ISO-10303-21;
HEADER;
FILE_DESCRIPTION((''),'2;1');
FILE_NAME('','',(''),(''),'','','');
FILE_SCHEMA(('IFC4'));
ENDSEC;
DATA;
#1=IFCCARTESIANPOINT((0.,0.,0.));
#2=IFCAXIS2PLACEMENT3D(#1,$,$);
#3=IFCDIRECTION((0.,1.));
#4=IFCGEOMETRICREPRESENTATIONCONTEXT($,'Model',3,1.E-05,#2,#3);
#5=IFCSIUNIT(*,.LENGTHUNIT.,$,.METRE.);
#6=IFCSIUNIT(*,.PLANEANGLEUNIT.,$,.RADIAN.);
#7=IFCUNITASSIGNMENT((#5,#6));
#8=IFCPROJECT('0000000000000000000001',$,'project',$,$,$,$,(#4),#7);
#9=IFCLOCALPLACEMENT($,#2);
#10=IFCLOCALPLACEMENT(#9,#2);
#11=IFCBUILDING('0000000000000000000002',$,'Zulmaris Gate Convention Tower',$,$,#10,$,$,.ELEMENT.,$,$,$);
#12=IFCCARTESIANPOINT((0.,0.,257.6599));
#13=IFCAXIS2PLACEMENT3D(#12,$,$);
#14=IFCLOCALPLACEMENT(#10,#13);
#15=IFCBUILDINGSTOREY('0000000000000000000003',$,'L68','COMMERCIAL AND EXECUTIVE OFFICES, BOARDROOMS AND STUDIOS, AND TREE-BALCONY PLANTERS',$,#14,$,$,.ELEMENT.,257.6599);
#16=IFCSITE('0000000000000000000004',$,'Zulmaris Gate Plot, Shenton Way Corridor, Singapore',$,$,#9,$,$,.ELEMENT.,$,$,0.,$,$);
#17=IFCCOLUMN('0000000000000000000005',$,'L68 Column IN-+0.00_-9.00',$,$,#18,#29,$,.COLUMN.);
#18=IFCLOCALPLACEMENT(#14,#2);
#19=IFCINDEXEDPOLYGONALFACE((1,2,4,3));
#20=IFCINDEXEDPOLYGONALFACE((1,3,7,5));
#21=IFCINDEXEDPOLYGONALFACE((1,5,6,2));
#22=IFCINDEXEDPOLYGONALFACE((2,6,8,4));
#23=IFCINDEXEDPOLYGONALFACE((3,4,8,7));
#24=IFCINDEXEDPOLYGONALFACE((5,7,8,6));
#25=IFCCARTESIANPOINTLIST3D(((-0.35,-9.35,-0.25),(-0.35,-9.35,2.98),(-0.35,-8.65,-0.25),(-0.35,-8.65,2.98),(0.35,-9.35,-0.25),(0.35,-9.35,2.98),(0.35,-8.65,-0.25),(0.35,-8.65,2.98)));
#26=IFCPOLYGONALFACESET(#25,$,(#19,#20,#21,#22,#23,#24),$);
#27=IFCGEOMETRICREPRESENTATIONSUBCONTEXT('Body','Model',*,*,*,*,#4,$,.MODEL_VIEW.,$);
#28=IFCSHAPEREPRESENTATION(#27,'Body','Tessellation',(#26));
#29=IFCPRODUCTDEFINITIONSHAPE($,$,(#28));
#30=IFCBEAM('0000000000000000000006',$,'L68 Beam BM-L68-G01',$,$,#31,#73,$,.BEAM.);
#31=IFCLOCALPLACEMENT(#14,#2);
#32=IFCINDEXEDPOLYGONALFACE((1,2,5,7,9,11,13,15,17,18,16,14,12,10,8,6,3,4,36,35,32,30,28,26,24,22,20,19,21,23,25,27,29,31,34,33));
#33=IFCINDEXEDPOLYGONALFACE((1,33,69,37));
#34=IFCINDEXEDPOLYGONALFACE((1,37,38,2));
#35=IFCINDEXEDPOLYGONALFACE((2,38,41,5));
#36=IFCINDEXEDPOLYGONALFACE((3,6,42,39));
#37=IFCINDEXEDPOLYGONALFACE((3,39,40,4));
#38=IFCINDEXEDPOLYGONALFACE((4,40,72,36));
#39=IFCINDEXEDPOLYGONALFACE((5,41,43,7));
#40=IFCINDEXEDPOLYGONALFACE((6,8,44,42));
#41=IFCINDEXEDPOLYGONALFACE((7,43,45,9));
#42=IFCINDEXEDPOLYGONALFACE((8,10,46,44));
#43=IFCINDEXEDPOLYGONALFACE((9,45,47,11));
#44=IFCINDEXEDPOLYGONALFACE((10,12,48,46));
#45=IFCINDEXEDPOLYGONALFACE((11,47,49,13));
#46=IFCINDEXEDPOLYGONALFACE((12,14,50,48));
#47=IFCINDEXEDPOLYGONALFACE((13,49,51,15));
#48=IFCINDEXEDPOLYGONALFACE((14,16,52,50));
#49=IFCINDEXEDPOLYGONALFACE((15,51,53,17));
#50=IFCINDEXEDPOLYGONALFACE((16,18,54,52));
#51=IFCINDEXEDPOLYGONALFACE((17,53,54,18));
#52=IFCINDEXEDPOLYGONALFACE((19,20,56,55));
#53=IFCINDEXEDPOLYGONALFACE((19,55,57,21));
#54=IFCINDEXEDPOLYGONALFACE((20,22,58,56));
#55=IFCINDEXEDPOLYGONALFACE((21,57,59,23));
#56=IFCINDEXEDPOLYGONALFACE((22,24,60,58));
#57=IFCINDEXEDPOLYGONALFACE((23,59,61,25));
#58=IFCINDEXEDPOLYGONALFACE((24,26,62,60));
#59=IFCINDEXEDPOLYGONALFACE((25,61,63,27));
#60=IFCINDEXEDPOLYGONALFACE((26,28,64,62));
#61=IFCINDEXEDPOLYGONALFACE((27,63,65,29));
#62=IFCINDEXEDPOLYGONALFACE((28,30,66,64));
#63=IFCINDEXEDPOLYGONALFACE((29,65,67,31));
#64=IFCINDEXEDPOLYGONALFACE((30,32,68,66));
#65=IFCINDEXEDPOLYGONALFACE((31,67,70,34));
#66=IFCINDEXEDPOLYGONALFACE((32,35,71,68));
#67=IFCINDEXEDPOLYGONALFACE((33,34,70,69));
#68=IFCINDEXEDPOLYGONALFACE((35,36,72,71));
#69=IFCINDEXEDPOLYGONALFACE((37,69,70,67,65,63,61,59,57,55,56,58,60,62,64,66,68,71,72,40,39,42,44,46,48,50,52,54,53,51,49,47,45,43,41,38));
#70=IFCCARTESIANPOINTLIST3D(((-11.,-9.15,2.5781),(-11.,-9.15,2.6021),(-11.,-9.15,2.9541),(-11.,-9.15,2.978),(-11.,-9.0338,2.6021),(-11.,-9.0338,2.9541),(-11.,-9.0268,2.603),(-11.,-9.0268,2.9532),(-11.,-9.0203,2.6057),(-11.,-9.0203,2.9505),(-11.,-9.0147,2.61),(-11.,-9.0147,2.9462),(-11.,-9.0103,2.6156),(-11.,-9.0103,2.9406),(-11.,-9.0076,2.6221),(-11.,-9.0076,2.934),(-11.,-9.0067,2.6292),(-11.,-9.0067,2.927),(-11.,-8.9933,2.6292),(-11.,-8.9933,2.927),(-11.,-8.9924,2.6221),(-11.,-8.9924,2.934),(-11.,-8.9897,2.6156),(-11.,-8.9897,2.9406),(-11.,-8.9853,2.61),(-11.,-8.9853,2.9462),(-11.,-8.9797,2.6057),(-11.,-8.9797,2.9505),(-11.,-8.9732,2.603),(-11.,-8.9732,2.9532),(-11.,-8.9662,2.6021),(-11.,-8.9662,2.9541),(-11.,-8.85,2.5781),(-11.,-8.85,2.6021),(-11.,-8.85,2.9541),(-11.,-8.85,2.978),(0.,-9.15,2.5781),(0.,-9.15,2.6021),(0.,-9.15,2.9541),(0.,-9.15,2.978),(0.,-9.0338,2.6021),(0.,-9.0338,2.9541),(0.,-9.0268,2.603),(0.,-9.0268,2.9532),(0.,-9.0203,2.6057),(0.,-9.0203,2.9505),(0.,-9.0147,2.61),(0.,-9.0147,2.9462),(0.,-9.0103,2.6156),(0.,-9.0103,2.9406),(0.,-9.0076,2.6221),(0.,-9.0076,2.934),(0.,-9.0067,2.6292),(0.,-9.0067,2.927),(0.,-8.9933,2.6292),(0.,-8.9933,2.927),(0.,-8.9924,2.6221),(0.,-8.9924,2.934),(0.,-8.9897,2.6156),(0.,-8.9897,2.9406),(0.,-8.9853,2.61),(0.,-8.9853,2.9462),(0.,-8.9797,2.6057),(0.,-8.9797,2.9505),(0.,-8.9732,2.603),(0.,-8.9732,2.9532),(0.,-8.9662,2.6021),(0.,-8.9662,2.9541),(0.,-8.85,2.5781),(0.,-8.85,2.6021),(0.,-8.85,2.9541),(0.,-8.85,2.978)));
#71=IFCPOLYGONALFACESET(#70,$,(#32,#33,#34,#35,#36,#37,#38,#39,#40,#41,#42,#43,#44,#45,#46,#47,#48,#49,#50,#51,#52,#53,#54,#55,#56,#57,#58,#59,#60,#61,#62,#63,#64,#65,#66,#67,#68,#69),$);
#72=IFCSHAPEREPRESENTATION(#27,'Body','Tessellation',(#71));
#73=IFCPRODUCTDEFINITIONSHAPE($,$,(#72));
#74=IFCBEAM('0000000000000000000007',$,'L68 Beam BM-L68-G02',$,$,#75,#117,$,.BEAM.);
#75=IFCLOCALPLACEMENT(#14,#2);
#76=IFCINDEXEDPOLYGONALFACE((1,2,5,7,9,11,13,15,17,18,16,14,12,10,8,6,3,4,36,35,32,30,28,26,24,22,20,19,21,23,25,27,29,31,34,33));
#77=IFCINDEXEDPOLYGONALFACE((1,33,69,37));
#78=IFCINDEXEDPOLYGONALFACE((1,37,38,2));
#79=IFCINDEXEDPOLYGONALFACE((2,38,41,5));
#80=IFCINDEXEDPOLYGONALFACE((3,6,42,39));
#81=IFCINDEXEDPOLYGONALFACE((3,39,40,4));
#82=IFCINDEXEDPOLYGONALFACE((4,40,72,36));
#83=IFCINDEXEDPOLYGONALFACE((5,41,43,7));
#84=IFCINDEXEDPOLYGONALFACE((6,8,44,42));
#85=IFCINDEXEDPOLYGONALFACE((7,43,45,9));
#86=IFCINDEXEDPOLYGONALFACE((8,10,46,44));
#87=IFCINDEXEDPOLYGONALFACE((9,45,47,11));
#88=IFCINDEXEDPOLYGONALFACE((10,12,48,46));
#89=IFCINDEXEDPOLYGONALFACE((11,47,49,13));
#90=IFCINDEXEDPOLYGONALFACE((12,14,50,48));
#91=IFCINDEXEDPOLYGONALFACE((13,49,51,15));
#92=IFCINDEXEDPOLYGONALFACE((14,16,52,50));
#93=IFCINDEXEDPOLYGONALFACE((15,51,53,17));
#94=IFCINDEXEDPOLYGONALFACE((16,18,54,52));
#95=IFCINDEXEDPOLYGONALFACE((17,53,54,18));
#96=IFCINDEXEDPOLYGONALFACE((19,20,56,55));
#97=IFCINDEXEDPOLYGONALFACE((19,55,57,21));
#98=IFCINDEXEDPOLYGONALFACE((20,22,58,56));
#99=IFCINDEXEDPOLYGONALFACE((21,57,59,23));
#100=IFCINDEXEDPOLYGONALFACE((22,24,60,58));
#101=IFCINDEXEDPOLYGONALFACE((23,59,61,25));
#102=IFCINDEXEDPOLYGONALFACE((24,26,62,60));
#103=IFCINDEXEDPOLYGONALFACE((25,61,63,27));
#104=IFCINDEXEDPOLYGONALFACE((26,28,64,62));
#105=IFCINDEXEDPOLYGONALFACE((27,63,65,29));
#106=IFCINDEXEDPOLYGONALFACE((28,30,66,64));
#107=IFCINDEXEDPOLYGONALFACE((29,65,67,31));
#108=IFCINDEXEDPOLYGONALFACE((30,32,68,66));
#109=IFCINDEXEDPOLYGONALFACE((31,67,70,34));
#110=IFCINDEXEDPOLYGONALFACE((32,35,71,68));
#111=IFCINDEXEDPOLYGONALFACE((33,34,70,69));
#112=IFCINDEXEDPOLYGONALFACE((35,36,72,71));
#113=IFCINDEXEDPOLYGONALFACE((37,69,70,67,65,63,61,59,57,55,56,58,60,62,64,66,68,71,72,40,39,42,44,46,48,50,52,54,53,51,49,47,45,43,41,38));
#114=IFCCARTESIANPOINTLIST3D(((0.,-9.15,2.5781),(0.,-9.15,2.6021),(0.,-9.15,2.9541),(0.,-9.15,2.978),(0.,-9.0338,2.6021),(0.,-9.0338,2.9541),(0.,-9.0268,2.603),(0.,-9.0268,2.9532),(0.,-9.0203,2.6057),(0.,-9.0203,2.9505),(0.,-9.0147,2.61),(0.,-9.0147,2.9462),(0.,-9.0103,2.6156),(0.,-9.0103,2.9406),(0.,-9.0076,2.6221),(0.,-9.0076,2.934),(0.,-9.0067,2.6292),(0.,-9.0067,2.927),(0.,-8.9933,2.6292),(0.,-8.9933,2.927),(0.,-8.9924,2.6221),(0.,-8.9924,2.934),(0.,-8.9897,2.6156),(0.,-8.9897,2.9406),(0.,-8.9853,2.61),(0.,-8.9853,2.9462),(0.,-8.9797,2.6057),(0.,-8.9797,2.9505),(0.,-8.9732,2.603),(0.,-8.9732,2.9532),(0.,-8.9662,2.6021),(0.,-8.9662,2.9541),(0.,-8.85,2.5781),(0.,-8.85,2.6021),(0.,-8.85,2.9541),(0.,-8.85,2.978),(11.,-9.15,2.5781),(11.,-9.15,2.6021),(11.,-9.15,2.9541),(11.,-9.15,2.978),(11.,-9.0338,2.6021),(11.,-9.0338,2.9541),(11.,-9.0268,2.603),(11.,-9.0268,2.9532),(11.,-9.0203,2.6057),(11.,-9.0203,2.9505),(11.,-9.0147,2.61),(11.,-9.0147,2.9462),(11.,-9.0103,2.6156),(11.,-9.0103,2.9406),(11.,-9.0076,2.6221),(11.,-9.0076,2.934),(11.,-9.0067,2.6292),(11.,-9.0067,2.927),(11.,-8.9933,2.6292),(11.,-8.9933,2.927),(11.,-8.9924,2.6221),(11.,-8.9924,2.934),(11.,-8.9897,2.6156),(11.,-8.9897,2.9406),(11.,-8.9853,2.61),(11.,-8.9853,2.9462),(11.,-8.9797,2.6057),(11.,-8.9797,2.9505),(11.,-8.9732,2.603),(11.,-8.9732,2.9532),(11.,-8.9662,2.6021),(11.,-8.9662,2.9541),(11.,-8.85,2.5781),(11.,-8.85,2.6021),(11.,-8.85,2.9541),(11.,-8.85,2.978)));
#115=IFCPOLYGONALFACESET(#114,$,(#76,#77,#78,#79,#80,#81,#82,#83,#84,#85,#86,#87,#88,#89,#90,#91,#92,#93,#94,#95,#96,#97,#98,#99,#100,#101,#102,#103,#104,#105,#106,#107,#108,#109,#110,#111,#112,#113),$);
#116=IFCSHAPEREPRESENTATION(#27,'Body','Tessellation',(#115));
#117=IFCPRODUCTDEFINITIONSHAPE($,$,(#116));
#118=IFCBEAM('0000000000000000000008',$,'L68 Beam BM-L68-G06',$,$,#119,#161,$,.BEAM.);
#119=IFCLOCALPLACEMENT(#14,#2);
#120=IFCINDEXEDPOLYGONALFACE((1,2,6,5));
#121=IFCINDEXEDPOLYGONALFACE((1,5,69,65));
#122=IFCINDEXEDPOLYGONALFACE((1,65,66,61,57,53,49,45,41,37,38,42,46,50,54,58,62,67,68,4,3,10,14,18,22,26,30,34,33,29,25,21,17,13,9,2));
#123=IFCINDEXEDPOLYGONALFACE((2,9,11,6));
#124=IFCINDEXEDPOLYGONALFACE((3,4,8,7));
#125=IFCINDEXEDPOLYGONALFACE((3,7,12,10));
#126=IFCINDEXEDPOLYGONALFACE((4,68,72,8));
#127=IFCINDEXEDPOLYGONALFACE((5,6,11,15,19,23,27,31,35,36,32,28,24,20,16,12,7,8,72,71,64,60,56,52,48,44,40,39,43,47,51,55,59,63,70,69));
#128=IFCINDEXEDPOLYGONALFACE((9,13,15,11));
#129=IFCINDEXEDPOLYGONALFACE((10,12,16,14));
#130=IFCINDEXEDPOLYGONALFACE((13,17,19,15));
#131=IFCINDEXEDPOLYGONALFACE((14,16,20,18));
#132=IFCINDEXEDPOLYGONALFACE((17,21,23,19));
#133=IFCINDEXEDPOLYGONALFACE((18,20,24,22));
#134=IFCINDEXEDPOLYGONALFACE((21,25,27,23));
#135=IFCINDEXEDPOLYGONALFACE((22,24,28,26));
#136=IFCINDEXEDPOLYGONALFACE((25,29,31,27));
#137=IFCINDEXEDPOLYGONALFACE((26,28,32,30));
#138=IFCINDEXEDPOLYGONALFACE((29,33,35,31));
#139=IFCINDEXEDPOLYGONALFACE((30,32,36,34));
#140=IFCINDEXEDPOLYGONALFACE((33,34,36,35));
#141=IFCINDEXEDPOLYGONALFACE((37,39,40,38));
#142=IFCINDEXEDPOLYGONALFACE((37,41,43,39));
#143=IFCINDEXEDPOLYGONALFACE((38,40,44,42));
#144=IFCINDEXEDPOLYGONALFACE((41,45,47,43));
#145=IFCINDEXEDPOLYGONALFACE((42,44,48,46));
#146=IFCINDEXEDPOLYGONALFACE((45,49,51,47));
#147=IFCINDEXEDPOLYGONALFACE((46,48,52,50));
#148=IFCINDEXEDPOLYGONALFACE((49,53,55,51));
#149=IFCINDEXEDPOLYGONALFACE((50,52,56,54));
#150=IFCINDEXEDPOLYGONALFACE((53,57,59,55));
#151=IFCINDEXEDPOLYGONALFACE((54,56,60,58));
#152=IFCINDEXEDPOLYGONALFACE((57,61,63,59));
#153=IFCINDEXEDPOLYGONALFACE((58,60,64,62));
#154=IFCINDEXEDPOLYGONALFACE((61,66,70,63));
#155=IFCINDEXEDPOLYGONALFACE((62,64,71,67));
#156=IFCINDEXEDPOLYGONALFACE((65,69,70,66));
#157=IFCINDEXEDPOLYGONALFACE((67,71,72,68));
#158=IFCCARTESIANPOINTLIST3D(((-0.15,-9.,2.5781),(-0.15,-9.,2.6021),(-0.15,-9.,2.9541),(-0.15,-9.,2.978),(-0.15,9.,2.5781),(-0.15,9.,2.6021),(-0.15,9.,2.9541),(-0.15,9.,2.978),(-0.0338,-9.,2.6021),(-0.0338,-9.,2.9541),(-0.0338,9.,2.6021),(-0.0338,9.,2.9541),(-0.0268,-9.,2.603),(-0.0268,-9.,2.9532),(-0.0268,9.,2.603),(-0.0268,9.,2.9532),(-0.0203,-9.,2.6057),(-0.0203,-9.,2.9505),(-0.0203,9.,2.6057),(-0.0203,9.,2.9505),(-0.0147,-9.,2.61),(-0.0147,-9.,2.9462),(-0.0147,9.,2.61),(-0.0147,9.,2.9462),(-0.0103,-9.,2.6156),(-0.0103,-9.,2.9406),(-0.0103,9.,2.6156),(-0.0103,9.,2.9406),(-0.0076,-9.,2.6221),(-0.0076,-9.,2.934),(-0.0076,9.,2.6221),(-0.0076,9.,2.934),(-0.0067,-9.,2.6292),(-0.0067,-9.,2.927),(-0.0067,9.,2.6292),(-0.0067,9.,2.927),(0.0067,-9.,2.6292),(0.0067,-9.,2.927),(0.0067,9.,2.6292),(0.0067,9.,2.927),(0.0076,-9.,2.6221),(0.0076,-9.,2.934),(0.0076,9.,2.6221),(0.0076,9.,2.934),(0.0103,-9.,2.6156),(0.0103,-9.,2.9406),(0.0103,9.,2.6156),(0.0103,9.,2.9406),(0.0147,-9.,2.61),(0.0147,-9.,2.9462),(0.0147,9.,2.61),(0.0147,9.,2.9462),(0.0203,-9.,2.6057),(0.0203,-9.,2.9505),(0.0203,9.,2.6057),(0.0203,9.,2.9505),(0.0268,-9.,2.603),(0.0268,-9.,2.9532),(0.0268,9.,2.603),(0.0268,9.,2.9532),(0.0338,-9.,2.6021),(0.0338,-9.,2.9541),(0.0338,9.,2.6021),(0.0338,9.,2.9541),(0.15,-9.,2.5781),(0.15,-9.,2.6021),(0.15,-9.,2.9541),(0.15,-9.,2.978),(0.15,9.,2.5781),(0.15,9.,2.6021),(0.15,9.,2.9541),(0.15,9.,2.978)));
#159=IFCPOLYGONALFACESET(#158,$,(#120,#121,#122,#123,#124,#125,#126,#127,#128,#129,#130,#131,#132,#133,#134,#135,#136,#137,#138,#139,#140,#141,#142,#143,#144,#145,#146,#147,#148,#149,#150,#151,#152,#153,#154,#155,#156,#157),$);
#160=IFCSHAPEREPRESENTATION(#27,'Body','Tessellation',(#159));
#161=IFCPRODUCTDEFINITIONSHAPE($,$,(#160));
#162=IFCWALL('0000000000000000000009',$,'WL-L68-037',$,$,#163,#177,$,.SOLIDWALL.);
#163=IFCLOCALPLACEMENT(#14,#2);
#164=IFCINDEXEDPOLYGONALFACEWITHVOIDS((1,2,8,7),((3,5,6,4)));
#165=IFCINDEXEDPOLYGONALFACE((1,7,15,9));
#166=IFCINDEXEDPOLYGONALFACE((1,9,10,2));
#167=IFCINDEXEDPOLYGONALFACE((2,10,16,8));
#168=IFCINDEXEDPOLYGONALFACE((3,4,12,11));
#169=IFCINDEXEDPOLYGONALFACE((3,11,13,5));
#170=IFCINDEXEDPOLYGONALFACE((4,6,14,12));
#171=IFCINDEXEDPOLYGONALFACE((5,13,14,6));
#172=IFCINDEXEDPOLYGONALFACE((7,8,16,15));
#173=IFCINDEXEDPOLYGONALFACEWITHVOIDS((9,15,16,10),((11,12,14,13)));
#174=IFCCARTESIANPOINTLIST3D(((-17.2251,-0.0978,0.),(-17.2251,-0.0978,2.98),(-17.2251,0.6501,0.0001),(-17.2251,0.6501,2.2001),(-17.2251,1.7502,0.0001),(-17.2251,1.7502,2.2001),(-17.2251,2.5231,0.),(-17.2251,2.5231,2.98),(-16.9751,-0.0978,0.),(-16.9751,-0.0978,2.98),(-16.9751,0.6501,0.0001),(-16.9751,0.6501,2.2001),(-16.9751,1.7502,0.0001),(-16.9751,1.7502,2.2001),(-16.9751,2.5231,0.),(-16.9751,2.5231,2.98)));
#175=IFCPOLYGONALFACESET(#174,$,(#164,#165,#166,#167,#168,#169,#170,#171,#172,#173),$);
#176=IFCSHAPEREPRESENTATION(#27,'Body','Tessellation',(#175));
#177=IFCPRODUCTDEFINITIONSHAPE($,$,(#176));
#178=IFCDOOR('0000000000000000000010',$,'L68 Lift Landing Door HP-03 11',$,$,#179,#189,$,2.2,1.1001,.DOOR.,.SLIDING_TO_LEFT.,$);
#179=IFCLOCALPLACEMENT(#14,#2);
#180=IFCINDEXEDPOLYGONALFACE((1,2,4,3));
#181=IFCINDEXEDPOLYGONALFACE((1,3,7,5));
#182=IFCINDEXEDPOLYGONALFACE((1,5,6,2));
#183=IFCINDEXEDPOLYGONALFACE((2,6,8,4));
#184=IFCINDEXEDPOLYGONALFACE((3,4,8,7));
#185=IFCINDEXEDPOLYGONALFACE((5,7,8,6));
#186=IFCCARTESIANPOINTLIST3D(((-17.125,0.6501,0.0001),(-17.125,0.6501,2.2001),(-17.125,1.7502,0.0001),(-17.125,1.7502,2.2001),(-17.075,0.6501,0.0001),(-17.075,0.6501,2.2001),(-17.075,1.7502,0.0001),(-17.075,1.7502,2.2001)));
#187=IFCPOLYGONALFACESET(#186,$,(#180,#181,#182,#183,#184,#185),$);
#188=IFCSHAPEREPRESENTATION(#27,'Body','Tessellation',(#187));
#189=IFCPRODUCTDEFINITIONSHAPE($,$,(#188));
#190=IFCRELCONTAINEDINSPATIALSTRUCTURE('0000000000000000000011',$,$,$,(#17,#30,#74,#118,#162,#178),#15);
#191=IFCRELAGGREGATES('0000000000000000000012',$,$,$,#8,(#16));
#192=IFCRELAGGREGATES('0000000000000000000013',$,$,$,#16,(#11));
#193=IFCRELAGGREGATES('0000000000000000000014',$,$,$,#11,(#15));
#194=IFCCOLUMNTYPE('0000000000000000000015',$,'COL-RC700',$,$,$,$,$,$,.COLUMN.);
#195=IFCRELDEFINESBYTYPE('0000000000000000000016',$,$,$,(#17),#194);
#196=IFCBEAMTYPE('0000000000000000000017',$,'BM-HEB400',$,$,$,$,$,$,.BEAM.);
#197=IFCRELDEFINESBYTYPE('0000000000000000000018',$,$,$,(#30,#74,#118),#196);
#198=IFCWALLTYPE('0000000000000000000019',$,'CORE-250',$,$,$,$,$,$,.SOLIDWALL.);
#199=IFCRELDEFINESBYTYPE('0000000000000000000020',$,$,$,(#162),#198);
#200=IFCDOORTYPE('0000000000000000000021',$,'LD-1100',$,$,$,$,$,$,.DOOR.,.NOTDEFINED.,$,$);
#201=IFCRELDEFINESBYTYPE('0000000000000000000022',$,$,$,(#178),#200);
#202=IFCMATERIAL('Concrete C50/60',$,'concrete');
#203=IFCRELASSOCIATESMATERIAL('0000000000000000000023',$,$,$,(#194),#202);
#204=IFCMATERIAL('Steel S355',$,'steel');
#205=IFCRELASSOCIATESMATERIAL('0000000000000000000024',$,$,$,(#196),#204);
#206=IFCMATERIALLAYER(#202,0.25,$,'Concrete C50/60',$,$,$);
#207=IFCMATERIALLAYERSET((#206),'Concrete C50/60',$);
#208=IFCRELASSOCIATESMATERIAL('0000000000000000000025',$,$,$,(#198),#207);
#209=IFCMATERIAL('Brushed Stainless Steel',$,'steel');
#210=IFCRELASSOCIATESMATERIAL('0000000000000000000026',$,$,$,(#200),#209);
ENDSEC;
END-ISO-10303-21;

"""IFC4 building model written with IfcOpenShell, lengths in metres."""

from ifc_helpers import new_model, si_unit, direction, frame, frame_2d, origin, origin_2d, place, context, subcontext, project, spatial, rectangle, i_section, extrude, material, layer, layer_set, material_profile, profile_set, type_object, element, fill, save


model = new_model("IFC4")

# Units and contexts
model_context = context("Model", 3, precision=1e-05, world=origin(), true_north=direction((0.0, 1.0)))
body_context = subcontext(model_context, "Body", "Model", "MODEL_VIEW")
ifc_project = project(units=[si_unit("LENGTHUNIT", "METRE"), si_unit("PLANEANGLEUNIT", "RADIAN")], contexts=[model_context])

# Site, building, storey
site_placement = place(None, origin())
site = spatial("IfcSite", under=ifc_project, at=site_placement, Name="Zulmaris Gate Plot, Shenton Way Corridor, Singapore", CompositionType="ELEMENT", RefElevation=0.0)
building_placement = place(site_placement, origin())
building = spatial("IfcBuilding", under=site, at=building_placement, Name="Zulmaris Gate Convention Tower", CompositionType="ELEMENT")
storey_placement = place(building_placement, frame((0.0, 0.0, 257.6599)))
storey = spatial("IfcBuildingStorey", under=building, at=storey_placement, Name="L68", Description="COMMERCIAL AND EXECUTIVE OFFICES, BOARDROOMS AND STUDIOS, AND TREE-BALCONY PLANTERS", CompositionType="ELEMENT", Elevation=257.6599)

# Column
ifc_material_1 = material(Name="Concrete C50/60", Category="concrete")
ifc_material_profile_1 = material_profile(ifc_material_1, rectangle(XDim=0.7, YDim=0.7, at=origin_2d()), Name="RC COL 700x700")
ifc_profile_set_1 = profile_set([ifc_material_profile_1], Name="Concrete C50/60")
column_type = type_object("IfcColumnType", Name="COL-RC700", PredefinedType="COLUMN", material=ifc_profile_set_1)
column_placement = place(storey_placement, frame((0.0, -9.0, -0.25), z_axis=(0.0, 0.0, 1.0), x_axis=(1.0, 0.0, 0.0)))
element("IfcColumn", 1, at=column_placement, inside=storey, type_object=column_type, Name="L68 Column IN-+0.00_-9.00", PredefinedType="COLUMN", context=body_context, shape_type="SweptSolid", body=[
    extrude(rectangle(XDim=0.7, YDim=0.7, at=origin_2d()), origin(), (0.0, 0.0, 1.0), 3.23),
])

# Beams
ifc_material_2 = material(Name="Steel S355", Category="steel")
ifc_material_profile_2 = material_profile(ifc_material_2, i_section(OverallWidth=0.3, OverallDepth=0.3999, WebThickness=0.0134, FlangeThickness=0.0239, FilletRadius=0.0271, at=origin_2d()), Name="HEB 400")
ifc_profile_set_2 = profile_set([ifc_material_profile_2], Name="Steel S355")
beam_type = type_object("IfcBeamType", Name="BM-HEB400", PredefinedType="BEAM", material=ifc_profile_set_2)
for number, where, z_axis, x_axis, name in (
    (2, (-11.0, -9.0, 2.7781), (1.0, 0.0, 0.0), (0.0, 1.0, 0.0), "L68 Beam BM-L68-G01"),
    (3, (0.0, -9.0, 2.7781), (1.0, 0.0, 0.0), (0.0, 1.0, 0.0), "L68 Beam BM-L68-G02"),
):
    element("IfcBeam", number, at=place(storey_placement, frame(where, z_axis=z_axis, x_axis=x_axis)), inside=storey, type_object=beam_type, Name=name, PredefinedType="BEAM", context=body_context, shape_type="SweptSolid", body=[
        extrude(i_section(OverallWidth=0.3, OverallDepth=0.3999, WebThickness=0.0134, FlangeThickness=0.0239, FilletRadius=0.0271, at=origin_2d()), origin(), (0.0, 0.0, 1.0), 11.0),
    ])
beam_placement = place(storey_placement, frame((0.0, -9.0, 2.7781), z_axis=(0.0, 1.0, 0.0), x_axis=(-1.0, 0.0, 0.0)))
element("IfcBeam", 4, at=beam_placement, inside=storey, type_object=beam_type, Name="L68 Beam BM-L68-G06", PredefinedType="BEAM", context=body_context, shape_type="SweptSolid", body=[
    extrude(i_section(OverallWidth=0.3, OverallDepth=0.3999, WebThickness=0.0134, FlangeThickness=0.0239, FilletRadius=0.0271, at=origin_2d()), origin(), (0.0, 0.0, 1.0), 18.0),
])

# Wall, opening, door
ifc_layer_1 = layer(ifc_material_1, 0.25, Name="Concrete C50/60")
ifc_layer_set_1 = layer_set([ifc_layer_1], Name="Concrete C50/60")
wall_type_1 = type_object("IfcWallType", Name="CORE-250", PredefinedType="SOLIDWALL", material=ifc_layer_set_1)
wall_1_placement = place(storey_placement, frame((-17.1001, -0.0979, 0.0), z_axis=(0.0, 0.0, 1.0), x_axis=(0.0, 1.0, 0.0)))
wall_1 = element("IfcWall", 5, at=wall_1_placement, inside=storey, type_object=wall_type_1, Name="WL-L68-037", PredefinedType="SOLIDWALL", context=body_context, shape_type="SweptSolid", body=[
    extrude(rectangle(XDim=2.6208, YDim=0.25, at=frame_2d((1.3105, 0.0))), origin(), (0.0, 0.0, 1.0), 2.98),
])
opening_1_placement = place(wall_1_placement, frame((0.748, 0.0, 0.0)))
opening_1 = element("IfcOpeningElement", 6, at=opening_1_placement, cuts=wall_1, PredefinedType="OPENING", context=body_context, shape_type="SweptSolid", body=[
    extrude(rectangle(XDim=1.1001, YDim=2.2, at=frame_2d((0.55, 1.1001))), frame((0.0, 0.135, 0.0), z_axis=(0.0, -1.0, 0.0), x_axis=(1.0, 0.0, 0.0)), (0.0, 0.0, 1.0), 0.27),
])
ifc_material_3 = material(Name="Brushed Stainless Steel", Category="steel")
door_type_1 = type_object("IfcDoorType", Name="LD-1100", OperationType="NOTDEFINED", PredefinedType="DOOR", material=ifc_material_3)
door_1_placement = place(opening_1_placement, origin())
door_1 = element("IfcDoor", 7, at=door_1_placement, inside=storey, type_object=door_type_1, Name="L68 Lift Landing Door HP-03 11", OperationType="SLIDING_TO_LEFT", OverallHeight=2.2, OverallWidth=1.1001, PredefinedType="DOOR", context=body_context, shape_type="SweptSolid", body=[
    extrude(rectangle(XDim=1.1001, YDim=2.2, at=frame_2d((0.55, 1.1001))), frame((0.0, 0.0249, 0.0), z_axis=(0.0, -1.0, 0.0), x_axis=(1.0, 0.0, 0.0)), (0.0, 0.0, 1.0), 0.05),
])
fill(opening_1, door_1)

save(model, "model.ifc")
